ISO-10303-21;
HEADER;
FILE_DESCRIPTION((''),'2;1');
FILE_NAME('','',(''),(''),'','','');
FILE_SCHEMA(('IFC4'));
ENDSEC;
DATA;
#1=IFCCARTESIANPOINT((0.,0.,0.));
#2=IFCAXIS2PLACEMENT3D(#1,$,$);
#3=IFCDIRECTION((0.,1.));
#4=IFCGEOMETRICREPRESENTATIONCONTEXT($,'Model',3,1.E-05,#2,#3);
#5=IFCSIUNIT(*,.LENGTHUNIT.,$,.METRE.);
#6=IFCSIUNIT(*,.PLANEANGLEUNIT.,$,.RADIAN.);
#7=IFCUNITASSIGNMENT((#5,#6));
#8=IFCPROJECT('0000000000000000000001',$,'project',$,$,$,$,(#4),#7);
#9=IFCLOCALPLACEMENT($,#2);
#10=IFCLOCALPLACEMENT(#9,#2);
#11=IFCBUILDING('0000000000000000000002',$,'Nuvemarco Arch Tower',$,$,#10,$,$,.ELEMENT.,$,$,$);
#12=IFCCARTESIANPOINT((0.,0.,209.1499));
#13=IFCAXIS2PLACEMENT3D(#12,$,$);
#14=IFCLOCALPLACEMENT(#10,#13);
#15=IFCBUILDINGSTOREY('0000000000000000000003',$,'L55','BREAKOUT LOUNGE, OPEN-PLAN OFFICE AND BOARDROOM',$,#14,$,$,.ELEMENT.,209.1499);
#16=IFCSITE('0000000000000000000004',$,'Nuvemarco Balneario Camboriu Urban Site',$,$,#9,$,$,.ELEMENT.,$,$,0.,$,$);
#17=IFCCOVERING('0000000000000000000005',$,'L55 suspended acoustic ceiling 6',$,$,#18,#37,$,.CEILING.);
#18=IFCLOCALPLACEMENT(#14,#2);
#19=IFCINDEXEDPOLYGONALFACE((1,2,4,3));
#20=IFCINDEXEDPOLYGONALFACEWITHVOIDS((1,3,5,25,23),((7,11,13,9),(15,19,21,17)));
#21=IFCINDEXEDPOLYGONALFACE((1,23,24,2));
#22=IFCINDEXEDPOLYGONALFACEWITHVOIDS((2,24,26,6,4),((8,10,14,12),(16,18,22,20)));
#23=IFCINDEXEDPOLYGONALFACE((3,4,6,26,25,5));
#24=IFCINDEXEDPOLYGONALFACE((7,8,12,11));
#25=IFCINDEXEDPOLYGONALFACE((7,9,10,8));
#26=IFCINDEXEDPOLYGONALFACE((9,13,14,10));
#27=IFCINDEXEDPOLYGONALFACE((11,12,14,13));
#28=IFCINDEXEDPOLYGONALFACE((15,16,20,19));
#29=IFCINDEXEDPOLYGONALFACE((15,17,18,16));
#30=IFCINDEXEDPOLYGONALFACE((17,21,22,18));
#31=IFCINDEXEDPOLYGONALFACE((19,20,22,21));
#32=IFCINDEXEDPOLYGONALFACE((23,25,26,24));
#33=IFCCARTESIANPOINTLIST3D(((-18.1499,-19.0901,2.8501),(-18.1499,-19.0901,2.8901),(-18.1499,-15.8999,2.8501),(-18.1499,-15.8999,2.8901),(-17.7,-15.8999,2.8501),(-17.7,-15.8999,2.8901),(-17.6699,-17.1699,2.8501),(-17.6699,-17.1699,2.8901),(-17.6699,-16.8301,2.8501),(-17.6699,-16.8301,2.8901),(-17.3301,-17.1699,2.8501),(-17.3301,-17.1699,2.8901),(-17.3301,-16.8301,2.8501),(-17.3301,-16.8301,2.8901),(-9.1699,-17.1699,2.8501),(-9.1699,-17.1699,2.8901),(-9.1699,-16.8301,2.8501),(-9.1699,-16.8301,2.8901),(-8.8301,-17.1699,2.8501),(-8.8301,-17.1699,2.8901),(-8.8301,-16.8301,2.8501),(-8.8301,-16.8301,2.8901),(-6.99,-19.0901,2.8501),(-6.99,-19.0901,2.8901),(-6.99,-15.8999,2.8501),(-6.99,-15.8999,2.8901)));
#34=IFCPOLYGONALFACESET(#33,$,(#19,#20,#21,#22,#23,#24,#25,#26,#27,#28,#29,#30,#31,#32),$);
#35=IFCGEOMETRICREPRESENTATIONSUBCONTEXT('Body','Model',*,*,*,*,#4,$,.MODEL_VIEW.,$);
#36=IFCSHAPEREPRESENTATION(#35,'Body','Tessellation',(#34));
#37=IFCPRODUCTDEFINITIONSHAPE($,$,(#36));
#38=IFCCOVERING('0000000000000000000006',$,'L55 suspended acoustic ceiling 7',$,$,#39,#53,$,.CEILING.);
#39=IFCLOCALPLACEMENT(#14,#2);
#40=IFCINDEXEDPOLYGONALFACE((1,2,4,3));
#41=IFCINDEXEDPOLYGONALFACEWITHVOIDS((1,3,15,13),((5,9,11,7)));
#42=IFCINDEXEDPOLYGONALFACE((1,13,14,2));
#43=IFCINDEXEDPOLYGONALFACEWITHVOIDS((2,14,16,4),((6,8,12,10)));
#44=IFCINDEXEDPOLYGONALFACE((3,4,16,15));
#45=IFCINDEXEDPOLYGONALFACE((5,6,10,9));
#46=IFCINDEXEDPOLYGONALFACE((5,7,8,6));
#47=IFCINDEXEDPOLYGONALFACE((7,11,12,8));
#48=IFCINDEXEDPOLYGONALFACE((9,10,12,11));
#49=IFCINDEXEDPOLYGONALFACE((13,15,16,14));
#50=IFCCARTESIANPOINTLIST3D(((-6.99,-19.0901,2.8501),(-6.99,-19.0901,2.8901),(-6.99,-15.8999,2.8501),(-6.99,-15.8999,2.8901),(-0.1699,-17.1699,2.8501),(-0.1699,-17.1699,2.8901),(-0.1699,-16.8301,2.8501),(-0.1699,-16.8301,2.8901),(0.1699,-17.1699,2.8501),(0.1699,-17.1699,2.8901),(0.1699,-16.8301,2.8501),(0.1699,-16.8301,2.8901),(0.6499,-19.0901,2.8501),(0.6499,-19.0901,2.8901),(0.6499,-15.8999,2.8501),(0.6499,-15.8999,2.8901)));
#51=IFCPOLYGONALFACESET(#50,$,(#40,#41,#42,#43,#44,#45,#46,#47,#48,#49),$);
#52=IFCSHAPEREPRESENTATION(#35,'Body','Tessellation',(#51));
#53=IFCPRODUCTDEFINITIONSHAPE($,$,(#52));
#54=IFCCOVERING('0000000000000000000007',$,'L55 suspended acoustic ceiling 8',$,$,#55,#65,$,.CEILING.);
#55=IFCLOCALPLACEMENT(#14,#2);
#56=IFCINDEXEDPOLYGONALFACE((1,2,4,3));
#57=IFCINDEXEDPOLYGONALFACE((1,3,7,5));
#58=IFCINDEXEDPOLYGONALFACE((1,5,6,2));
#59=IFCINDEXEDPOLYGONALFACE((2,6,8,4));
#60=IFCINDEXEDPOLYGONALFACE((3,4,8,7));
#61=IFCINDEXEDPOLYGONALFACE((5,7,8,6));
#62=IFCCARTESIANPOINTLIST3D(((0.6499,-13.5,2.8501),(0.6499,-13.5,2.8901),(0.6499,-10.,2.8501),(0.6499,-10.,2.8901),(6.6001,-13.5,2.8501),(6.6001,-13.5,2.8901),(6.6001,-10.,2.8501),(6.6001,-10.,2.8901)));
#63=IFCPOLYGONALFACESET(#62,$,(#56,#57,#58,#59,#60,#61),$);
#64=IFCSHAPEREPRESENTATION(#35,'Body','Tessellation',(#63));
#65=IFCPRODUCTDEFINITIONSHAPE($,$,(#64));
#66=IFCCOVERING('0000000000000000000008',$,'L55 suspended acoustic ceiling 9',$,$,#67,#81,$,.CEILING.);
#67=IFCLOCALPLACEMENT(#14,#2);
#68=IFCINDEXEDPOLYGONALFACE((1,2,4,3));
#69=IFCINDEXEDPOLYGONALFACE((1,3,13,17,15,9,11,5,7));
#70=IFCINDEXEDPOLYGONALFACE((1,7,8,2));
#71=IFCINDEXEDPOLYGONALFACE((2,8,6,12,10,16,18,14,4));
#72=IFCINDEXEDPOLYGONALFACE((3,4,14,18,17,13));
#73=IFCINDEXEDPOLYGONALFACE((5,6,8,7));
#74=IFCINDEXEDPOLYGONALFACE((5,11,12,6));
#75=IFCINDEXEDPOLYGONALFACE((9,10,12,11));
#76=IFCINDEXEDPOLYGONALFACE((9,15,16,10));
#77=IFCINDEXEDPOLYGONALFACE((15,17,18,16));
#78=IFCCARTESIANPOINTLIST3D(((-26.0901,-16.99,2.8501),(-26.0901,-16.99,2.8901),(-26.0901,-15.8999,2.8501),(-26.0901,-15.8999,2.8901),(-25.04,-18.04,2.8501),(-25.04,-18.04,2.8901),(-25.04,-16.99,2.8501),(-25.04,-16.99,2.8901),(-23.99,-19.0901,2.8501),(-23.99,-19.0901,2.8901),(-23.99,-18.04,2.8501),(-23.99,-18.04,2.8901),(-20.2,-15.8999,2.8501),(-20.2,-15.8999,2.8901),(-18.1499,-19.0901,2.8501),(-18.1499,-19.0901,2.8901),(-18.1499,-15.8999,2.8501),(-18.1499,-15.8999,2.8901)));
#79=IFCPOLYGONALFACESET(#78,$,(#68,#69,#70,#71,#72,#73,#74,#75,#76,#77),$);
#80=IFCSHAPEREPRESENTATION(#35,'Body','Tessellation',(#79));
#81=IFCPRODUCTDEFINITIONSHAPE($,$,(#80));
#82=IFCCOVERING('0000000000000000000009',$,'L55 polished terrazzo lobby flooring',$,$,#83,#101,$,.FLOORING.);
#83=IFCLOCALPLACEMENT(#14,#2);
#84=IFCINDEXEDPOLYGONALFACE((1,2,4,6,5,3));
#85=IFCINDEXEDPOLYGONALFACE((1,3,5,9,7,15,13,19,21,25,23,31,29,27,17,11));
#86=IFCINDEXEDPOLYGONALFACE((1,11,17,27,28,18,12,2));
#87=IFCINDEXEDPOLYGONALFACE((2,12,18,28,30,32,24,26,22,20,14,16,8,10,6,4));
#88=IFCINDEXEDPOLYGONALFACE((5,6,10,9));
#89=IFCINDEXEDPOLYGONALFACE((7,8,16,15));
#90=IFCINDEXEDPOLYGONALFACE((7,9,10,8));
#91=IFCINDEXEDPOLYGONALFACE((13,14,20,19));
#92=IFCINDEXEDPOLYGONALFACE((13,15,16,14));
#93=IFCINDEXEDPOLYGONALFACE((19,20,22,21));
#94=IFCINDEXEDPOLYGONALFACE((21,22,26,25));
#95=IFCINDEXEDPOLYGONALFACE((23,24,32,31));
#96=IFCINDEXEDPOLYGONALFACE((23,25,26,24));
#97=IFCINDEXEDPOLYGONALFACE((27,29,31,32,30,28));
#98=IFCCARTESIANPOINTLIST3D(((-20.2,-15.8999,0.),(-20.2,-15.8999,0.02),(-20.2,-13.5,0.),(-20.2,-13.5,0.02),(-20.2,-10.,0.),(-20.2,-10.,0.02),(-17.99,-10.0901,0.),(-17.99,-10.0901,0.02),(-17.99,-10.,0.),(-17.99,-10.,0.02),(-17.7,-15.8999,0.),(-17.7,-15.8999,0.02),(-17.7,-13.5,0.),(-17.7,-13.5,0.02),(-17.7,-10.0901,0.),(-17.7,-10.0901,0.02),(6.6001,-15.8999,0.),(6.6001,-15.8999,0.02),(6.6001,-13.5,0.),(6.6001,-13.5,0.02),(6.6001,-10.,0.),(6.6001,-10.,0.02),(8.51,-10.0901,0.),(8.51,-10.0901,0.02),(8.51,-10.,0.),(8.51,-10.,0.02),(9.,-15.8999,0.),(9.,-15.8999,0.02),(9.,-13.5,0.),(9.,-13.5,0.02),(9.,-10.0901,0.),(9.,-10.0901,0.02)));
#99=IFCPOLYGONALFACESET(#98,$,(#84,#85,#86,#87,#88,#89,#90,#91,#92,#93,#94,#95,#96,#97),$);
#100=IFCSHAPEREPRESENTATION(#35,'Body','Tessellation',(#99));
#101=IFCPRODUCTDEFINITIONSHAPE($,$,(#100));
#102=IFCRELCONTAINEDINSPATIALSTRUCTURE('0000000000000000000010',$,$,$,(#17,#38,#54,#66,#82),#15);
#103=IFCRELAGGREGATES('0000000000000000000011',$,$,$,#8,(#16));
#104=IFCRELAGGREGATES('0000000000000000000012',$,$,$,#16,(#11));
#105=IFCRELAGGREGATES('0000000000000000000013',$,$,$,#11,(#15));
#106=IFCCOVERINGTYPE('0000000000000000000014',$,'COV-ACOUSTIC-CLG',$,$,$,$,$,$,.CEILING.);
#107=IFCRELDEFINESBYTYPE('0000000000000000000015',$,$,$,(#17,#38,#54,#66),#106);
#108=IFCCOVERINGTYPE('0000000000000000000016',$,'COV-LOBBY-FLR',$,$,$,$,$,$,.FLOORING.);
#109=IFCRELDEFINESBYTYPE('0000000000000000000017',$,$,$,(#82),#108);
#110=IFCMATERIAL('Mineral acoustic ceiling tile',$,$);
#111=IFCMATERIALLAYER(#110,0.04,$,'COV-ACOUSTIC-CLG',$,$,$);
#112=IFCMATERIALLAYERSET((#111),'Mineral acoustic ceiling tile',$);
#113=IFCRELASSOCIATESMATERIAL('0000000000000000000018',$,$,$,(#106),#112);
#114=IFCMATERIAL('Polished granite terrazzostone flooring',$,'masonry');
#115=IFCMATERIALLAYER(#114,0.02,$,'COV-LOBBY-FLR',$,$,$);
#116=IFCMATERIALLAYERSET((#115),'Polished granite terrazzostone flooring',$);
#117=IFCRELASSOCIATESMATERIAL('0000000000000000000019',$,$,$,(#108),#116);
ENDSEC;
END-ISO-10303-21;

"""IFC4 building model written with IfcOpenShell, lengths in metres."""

from ifc_helpers import new_model, si_unit, direction, frame, origin, place, context, subcontext, project, spatial, polyline, outline, extrude, material, layer, layer_set, type_object, element, save


model = new_model("IFC4")

# Units and contexts
model_context = context("Model", 3, precision=1e-05, world=origin(), true_north=direction((0.0, 1.0)))
body_context = subcontext(model_context, "Body", "Model", "MODEL_VIEW")
ifc_project = project(units=[si_unit("LENGTHUNIT", "METRE"), si_unit("PLANEANGLEUNIT", "RADIAN")], contexts=[model_context])

# Site, building, storey
site_placement = place(None, origin())
site = spatial("IfcSite", under=ifc_project, at=site_placement, Name="Nuvemarco Balneario Camboriu Urban Site", CompositionType="ELEMENT", RefElevation=0.0)
building_placement = place(site_placement, origin())
building = spatial("IfcBuilding", under=site, at=building_placement, Name="Nuvemarco Arch Tower", CompositionType="ELEMENT")
storey_placement = place(building_placement, frame((0.0, 0.0, 209.1499)))
storey = spatial("IfcBuildingStorey", under=building, at=storey_placement, Name="L55", Description="BREAKOUT LOUNGE, OPEN-PLAN OFFICE AND BOARDROOM", CompositionType="ELEMENT", Elevation=209.1499)

# Coverings
ifc_material_1 = material(Name="Mineral acoustic ceiling tile")
ifc_layer_1 = layer(ifc_material_1, 0.04, Name="COV-ACOUSTIC-CLG")
ifc_layer_set_1 = layer_set([ifc_layer_1], Name="Mineral acoustic ceiling tile")
covering_type_1 = type_object("IfcCoveringType", Name="COV-ACOUSTIC-CLG", PredefinedType="CEILING", material=ifc_layer_set_1)
covering_1_placement = place(storey_placement, frame((0.0, 0.0, 2.8501)))
element("IfcCovering", 1, at=covering_1_placement, inside=storey, type_object=covering_type_1, Name="L55 suspended acoustic ceiling 6", PredefinedType="CEILING", context=body_context, shape_type="SweptSolid", body=[
    extrude(outline(polyline([(-6.99, -19.0901), (-18.1499, -19.0901), (-18.1499, -15.8999), (-17.7, -15.8999), (-6.99, -15.8999), (-6.99, -19.0901)]), holes=[polyline([(-17.3301, -16.8301), (-17.6699, -16.8301), (-17.6699, -17.1699), (-17.3301, -17.1699), (-17.3301, -16.8301)]), polyline([(-8.8301, -16.8301), (-9.1699, -16.8301), (-9.1699, -17.1699), (-8.8301, -17.1699), (-8.8301, -16.8301)])]), origin(), (0.0, 0.0, 1.0), 0.04),
])
covering_2_placement = place(storey_placement, frame((0.0, 0.0, 2.8501)))
element("IfcCovering", 2, at=covering_2_placement, inside=storey, type_object=covering_type_1, Name="L55 suspended acoustic ceiling 7", PredefinedType="CEILING", context=body_context, shape_type="SweptSolid", body=[
    extrude(outline(polyline([(-6.99, -19.0901), (-6.99, -15.8999), (0.6499, -15.8999), (0.6499, -19.0901), (-6.99, -19.0901)]), holes=[polyline([(0.1699, -17.1699), (0.1699, -16.8301), (-0.1699, -16.8301), (-0.1699, -17.1699), (0.1699, -17.1699)])]), origin(), (0.0, 0.0, 1.0), 0.04),
])
covering_3_placement = place(storey_placement, frame((0.0, 0.0, 2.8501)))
element("IfcCovering", 3, at=covering_3_placement, inside=storey, type_object=covering_type_1, Name="L55 suspended acoustic ceiling 8", PredefinedType="CEILING", context=body_context, shape_type="SweptSolid", body=[
    extrude(outline(polyline([(6.6001, -13.5), (0.6499, -13.5), (0.6499, -10.0), (6.6001, -10.0), (6.6001, -13.5)])), origin(), (0.0, 0.0, 1.0), 0.04),
])
covering_4_placement = place(storey_placement, frame((0.0, 0.0, 2.8501)))
element("IfcCovering", 4, at=covering_4_placement, inside=storey, type_object=covering_type_1, Name="L55 suspended acoustic ceiling 9", PredefinedType="CEILING", context=body_context, shape_type="SweptSolid", body=[
    extrude(outline(polyline([(-26.0901, -16.99), (-26.0901, -15.8999), (-20.2, -15.8999), (-18.1499, -15.8999), (-18.1499, -19.0901), (-23.99, -19.0901), (-23.99, -18.04), (-25.04, -18.04), (-25.04, -16.99), (-26.0901, -16.99)])), origin(), (0.0, 0.0, 1.0), 0.04),
])
ifc_material_2 = material(Name="Polished granite terrazzostone flooring", Category="masonry")
ifc_layer_2 = layer(ifc_material_2, 0.02, Name="COV-LOBBY-FLR")
ifc_layer_set_2 = layer_set([ifc_layer_2], Name="Polished granite terrazzostone flooring")
covering_type_2 = type_object("IfcCoveringType", Name="COV-LOBBY-FLR", PredefinedType="FLOORING", material=ifc_layer_set_2)
covering_5_placement = place(storey_placement, origin())
element("IfcCovering", 5, at=covering_5_placement, inside=storey, type_object=covering_type_2, Name="L55 polished terrazzo lobby flooring", PredefinedType="FLOORING", context=body_context, shape_type="SweptSolid", body=[
    extrude(outline(polyline([(-20.2, -10.0), (-17.99, -10.0), (-17.99, -10.0901), (-17.7, -10.0901), (-17.7, -13.5), (6.6001, -13.5), (6.6001, -10.0), (8.51, -10.0), (8.51, -10.0901), (9.0, -10.0901), (9.0, -13.5), (9.0, -15.8999), (6.6001, -15.8999), (-17.7, -15.8999), (-20.2, -15.8999), (-20.2, -13.5), (-20.2, -10.0)])), origin(), (0.0, 0.0, 1.0), 0.02),
])

save(model, "model.ifc")
